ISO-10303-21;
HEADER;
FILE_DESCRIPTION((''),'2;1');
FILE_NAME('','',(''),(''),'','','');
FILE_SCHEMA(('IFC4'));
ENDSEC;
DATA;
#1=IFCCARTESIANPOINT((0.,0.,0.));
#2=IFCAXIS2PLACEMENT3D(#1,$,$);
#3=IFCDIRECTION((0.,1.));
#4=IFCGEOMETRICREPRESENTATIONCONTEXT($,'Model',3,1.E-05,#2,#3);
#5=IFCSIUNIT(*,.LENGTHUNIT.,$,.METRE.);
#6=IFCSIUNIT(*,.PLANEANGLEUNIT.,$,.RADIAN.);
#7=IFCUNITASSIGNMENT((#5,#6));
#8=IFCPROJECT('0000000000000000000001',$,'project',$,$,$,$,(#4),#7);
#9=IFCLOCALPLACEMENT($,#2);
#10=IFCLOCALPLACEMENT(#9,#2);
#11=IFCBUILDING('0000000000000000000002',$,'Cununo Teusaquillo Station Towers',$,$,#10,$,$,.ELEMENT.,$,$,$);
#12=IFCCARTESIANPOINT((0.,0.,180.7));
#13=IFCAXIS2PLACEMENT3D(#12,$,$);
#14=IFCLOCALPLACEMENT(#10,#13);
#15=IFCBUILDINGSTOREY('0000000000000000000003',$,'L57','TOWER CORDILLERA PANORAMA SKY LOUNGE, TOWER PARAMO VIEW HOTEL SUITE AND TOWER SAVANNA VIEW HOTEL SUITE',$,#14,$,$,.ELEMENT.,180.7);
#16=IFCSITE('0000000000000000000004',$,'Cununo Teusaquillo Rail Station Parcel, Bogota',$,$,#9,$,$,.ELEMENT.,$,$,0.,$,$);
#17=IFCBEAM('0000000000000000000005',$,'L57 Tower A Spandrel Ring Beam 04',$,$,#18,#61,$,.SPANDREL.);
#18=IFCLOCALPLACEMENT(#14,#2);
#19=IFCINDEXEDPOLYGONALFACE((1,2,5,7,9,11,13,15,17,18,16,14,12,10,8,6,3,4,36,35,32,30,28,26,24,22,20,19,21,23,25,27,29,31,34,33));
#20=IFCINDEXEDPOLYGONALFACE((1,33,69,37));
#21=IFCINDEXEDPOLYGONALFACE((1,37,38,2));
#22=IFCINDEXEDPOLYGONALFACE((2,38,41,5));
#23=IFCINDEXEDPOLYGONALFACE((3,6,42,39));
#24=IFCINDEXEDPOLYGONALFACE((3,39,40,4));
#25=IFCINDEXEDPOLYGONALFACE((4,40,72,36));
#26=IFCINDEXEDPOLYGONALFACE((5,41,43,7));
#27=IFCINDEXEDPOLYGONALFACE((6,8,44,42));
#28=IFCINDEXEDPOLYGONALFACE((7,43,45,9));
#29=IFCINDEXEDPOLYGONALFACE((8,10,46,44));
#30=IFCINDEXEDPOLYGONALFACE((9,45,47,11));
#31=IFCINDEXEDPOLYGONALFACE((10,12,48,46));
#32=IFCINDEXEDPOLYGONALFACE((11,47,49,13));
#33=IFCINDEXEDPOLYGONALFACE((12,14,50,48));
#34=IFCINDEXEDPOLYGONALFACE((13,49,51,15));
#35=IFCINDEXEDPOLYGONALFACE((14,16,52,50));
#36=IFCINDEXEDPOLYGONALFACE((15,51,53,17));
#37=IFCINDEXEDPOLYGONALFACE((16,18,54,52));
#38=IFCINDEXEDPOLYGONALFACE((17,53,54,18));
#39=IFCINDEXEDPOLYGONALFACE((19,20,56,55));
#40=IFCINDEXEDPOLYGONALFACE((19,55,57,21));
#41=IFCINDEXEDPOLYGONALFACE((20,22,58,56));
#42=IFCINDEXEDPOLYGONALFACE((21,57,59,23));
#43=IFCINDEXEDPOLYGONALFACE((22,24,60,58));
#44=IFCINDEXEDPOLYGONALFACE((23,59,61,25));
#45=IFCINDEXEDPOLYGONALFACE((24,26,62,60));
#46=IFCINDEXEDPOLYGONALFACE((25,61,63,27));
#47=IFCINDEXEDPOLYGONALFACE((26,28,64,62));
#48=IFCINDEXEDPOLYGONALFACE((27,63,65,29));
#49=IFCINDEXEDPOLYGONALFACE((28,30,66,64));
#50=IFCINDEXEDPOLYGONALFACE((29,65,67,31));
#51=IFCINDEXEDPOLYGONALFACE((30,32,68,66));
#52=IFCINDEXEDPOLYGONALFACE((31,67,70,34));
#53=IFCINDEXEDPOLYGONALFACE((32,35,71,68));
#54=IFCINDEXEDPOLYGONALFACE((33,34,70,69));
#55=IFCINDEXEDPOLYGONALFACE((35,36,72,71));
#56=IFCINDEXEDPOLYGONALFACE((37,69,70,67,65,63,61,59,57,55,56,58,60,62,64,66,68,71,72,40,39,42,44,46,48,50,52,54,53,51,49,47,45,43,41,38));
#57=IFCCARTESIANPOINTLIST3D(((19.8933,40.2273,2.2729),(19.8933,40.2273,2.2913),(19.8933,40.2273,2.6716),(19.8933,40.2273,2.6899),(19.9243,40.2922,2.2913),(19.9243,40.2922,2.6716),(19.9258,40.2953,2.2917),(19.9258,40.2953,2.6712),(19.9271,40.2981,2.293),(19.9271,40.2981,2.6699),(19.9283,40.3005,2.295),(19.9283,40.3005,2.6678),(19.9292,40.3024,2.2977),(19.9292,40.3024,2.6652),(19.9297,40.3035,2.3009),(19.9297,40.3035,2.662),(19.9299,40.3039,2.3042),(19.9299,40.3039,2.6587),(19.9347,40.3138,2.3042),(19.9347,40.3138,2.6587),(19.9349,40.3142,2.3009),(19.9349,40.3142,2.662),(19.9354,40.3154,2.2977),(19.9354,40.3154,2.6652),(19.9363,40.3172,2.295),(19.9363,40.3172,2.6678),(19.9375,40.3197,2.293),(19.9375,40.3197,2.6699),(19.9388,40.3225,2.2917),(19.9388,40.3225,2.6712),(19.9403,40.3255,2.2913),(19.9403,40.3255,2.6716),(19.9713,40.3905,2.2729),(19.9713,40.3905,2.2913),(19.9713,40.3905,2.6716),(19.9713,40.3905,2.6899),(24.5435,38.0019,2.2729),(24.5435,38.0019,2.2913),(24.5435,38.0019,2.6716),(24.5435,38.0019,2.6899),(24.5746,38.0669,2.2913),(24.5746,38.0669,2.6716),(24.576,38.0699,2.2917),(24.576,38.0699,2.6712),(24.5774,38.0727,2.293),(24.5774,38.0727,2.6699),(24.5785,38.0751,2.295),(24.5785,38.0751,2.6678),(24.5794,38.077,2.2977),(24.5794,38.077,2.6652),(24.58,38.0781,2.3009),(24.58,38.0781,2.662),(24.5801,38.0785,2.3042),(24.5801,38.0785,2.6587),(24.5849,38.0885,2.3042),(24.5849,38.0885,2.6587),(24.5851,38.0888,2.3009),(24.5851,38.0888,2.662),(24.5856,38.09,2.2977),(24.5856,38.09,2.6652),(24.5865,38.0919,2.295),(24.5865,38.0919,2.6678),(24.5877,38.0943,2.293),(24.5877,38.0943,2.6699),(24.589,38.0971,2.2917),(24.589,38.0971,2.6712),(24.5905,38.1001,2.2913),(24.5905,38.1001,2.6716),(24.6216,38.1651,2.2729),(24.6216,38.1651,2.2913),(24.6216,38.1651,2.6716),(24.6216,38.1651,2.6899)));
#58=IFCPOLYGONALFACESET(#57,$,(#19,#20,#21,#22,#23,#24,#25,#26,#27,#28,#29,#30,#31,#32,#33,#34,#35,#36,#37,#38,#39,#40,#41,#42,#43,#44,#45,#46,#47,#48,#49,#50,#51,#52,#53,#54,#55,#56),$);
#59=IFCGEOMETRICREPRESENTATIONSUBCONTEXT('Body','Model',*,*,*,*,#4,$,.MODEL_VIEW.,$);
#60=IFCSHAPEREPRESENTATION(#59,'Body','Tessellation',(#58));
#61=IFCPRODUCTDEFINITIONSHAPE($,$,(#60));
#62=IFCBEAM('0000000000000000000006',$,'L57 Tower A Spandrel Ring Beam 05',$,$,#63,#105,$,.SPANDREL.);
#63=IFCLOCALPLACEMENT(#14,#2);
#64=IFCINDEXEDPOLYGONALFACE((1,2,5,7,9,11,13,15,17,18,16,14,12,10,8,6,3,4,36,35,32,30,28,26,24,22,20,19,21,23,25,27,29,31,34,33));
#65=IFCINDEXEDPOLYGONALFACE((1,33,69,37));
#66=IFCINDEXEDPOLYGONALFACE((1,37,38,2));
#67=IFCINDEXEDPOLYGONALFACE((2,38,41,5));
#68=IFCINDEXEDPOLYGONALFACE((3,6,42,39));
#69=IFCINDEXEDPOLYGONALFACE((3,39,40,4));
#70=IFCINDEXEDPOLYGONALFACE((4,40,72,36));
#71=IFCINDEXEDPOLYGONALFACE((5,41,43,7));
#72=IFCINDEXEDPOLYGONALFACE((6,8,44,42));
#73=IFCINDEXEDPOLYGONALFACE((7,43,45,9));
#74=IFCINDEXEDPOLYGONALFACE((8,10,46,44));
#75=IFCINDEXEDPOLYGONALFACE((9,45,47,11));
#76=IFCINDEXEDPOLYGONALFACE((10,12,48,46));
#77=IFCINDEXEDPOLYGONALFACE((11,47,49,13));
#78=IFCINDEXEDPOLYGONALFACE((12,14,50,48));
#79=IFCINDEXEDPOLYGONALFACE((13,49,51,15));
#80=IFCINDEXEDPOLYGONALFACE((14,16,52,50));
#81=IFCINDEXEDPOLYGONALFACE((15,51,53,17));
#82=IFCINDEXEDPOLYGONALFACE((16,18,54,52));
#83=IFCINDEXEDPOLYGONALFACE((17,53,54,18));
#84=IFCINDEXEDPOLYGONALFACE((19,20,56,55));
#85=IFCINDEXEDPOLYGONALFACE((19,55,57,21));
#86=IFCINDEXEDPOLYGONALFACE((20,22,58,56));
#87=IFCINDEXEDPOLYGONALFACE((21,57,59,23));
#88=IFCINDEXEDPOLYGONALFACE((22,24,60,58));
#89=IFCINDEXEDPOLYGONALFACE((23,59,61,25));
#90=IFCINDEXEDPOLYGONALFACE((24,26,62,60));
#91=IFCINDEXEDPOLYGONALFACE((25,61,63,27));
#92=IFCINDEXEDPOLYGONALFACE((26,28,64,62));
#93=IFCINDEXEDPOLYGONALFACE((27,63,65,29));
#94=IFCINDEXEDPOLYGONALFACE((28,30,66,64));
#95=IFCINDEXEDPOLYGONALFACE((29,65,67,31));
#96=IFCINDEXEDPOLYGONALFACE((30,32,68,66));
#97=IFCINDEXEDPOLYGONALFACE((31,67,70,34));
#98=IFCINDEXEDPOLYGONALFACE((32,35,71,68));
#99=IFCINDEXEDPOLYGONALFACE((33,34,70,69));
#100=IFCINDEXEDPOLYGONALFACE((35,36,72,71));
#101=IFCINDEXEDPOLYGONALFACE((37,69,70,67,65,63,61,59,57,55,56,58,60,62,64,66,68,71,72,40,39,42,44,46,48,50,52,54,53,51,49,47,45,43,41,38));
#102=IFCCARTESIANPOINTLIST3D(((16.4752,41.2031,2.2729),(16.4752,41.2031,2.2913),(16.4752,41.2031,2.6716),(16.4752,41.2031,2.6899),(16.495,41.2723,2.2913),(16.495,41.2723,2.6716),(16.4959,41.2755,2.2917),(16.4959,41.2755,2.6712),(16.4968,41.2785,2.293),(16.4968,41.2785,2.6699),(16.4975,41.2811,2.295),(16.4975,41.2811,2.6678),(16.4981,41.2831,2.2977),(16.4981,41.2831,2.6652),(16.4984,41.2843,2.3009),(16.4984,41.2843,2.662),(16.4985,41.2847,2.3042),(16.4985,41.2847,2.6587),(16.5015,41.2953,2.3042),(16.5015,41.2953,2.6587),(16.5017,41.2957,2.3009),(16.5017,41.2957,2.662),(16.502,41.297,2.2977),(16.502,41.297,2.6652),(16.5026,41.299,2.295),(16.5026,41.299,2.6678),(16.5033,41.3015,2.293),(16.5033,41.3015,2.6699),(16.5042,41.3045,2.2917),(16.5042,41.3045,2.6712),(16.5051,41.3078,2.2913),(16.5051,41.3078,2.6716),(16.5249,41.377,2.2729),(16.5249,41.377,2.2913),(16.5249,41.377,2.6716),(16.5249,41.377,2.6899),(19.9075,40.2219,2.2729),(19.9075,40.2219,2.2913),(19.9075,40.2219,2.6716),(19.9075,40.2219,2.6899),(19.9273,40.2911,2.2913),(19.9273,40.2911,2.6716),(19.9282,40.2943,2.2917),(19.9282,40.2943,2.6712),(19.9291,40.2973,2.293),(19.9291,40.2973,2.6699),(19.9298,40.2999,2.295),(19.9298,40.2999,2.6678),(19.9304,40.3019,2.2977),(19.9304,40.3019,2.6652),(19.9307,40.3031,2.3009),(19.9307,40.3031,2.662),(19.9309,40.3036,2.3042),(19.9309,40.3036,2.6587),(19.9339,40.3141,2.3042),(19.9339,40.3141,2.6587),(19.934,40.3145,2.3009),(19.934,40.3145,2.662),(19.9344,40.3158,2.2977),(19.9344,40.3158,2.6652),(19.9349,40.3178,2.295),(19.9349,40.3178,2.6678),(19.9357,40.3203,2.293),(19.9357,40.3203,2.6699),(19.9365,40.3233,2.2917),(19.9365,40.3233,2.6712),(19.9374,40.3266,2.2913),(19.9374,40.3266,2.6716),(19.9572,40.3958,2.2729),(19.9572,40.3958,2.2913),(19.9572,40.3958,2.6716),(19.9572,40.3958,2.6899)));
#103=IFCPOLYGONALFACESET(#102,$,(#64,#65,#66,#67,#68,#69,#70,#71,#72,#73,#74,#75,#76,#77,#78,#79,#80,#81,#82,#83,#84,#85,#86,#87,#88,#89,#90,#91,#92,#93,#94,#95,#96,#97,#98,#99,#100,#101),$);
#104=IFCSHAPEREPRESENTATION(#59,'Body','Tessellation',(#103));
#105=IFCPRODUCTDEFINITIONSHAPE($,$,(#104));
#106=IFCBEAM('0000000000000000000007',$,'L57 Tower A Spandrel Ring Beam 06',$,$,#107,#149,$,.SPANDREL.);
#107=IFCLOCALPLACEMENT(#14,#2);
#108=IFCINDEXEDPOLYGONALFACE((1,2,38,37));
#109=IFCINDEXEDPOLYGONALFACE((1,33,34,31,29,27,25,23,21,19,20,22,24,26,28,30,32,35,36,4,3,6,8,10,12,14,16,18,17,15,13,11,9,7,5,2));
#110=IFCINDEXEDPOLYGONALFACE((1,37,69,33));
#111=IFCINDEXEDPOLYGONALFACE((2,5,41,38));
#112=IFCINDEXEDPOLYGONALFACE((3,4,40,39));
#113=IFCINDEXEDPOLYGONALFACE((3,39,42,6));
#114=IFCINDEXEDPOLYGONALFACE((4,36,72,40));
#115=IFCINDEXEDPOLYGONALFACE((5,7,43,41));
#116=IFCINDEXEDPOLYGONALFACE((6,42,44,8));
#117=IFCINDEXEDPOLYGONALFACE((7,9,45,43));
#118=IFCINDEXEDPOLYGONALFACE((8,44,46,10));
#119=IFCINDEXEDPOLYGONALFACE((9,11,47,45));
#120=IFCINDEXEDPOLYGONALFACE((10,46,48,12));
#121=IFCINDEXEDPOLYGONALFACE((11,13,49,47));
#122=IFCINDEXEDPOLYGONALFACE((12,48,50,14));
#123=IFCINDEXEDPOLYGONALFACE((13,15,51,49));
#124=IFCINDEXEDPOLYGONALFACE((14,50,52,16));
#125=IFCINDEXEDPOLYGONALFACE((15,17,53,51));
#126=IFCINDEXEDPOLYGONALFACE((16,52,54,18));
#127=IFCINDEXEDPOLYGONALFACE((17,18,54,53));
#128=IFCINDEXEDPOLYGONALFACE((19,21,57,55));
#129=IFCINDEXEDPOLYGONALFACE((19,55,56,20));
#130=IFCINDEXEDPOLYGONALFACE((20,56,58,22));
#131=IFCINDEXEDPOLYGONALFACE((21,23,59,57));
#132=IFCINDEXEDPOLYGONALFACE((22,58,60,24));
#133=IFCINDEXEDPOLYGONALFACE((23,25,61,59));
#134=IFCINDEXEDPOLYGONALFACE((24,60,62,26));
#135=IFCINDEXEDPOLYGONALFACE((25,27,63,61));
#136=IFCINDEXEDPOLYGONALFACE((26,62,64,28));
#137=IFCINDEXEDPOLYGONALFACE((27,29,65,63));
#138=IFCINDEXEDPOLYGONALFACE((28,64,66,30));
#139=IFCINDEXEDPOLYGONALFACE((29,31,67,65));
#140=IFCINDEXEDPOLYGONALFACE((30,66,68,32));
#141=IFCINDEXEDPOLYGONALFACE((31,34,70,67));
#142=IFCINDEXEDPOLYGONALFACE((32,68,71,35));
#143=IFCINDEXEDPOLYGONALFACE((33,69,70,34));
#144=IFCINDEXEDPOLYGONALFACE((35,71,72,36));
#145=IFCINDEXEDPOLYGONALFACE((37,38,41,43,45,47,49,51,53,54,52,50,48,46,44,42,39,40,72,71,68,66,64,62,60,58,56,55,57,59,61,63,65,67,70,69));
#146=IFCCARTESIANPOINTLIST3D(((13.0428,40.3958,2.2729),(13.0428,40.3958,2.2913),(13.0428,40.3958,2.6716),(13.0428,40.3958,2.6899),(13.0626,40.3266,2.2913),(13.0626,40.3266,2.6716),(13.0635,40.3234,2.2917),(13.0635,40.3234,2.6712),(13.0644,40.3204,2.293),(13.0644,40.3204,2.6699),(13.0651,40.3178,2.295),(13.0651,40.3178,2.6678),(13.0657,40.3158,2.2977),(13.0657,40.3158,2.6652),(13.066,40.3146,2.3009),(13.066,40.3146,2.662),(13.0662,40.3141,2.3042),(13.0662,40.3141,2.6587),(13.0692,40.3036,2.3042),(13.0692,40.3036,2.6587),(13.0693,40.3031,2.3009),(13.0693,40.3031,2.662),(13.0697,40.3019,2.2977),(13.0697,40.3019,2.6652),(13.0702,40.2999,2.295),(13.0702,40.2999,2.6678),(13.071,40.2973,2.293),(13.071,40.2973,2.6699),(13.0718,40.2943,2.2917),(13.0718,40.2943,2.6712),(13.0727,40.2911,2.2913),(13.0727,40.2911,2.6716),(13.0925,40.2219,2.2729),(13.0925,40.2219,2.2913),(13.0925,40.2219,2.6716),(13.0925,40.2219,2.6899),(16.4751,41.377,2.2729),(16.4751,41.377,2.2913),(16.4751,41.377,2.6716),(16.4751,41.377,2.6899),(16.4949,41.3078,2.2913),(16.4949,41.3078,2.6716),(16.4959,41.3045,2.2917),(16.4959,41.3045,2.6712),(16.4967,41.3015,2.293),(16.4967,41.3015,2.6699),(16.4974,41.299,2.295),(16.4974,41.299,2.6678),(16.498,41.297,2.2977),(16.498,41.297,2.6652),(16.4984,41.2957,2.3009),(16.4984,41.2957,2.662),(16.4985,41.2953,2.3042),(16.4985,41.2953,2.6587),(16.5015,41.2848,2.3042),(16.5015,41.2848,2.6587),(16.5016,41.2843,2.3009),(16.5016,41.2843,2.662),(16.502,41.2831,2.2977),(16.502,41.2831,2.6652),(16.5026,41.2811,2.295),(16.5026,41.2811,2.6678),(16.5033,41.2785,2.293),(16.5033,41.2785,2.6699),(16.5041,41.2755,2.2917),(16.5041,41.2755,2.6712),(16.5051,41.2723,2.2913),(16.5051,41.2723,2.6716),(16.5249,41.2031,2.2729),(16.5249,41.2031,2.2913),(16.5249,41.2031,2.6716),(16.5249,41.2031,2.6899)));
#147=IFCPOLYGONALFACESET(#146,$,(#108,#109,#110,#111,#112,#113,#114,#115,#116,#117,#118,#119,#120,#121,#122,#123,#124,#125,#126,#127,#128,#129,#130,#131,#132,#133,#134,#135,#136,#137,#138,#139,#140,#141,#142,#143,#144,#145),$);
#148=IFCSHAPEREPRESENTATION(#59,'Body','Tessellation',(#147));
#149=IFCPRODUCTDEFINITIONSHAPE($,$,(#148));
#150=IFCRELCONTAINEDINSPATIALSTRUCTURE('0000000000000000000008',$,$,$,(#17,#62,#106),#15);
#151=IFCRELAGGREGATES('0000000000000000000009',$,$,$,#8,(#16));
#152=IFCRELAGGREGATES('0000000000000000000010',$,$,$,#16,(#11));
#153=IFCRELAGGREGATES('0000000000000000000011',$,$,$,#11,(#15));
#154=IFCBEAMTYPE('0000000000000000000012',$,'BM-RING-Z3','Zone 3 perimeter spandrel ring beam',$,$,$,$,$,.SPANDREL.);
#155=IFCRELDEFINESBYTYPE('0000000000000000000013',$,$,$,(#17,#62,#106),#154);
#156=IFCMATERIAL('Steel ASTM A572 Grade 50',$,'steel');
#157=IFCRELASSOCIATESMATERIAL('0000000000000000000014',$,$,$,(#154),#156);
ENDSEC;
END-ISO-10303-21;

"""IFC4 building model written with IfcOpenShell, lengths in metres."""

from ifc_helpers import new_model, si_unit, direction, frame, origin, origin_2d, place, context, subcontext, project, spatial, i_section, extrude, material, material_profile, profile_set, type_object, element, save


model = new_model("IFC4")

# Units and contexts
model_context = context("Model", 3, precision=1e-05, world=origin(), true_north=direction((0.0, 1.0)))
body_context = subcontext(model_context, "Body", "Model", "MODEL_VIEW")
ifc_project = project(units=[si_unit("LENGTHUNIT", "METRE"), si_unit("PLANEANGLEUNIT", "RADIAN")], contexts=[model_context])

# Site, building, storey
site_placement = place(None, origin())
site = spatial("IfcSite", under=ifc_project, at=site_placement, Name="Cununo Teusaquillo Rail Station Parcel, Bogota", CompositionType="ELEMENT", RefElevation=0.0)
building_placement = place(site_placement, origin())
building = spatial("IfcBuilding", under=site, at=building_placement, Name="Cununo Teusaquillo Station Towers", CompositionType="ELEMENT")
storey_placement = place(building_placement, frame((0.0, 0.0, 180.7)))
storey = spatial("IfcBuildingStorey", under=building, at=storey_placement, Name="L57", Description="TOWER CORDILLERA PANORAMA SKY LOUNGE, TOWER PARAMO VIEW HOTEL SUITE AND TOWER SAVANNA VIEW HOTEL SUITE", CompositionType="ELEMENT", Elevation=180.7)

# Beams
ifc_material_1 = material(Name="Steel ASTM A572 Grade 50", Category="steel")
ifc_material_profile_1 = material_profile(ifc_material_1, i_section(OverallWidth=0.1809, OverallDepth=0.417, WebThickness=0.011, FlangeThickness=0.0183, FilletRadius=0.0129, at=origin_2d()), Name="W16X57")
ifc_profile_set_1 = profile_set([ifc_material_profile_1], Name="Steel ASTM A572 Grade 50")
beam_type_1 = type_object("IfcBeamType", Name="BM-RING-Z3", Description="Zone 3 perimeter spandrel ring beam", PredefinedType="SPANDREL", material=ifc_profile_set_1)
beam_1_placement = place(storey_placement, frame((24.5825, 38.0835, 2.4814), z_axis=(-0.902032, 0.43167, 0.0), x_axis=(-0.43167, -0.902032, 0.0)))
element("IfcBeam", 1, at=beam_1_placement, inside=storey, type_object=beam_type_1, Name="L57 Tower A Spandrel Ring Beam 04", PredefinedType="SPANDREL", context=body_context, shape_type="SweptSolid", body=[
    extrude(i_section(OverallWidth=0.1809, OverallDepth=0.417, WebThickness=0.011, FlangeThickness=0.0183, FilletRadius=0.0129, at=origin_2d()), origin(), (0.0, 0.0, 1.0), 5.1553),
])
for number, where, z_axis, x_axis, name in (
    (2, (19.9324, 40.3088, 2.4814), (-0.961485, 0.274857, 0.0), (-0.274857, -0.961485, 0.0), "L57 Tower A Spandrel Ring Beam 05"),
    (3, (16.5, 41.29, 2.4814), (-0.961485, -0.274857, 0.0), (0.274857, -0.961485, 0.0), "L57 Tower A Spandrel Ring Beam 06"),
):
    element("IfcBeam", number, at=place(storey_placement, frame(where, z_axis=z_axis, x_axis=x_axis)), inside=storey, type_object=beam_type_1, Name=name, PredefinedType="SPANDREL", context=body_context, shape_type="SweptSolid", body=[
        extrude(i_section(OverallWidth=0.1809, OverallDepth=0.417, WebThickness=0.011, FlangeThickness=0.0183, FilletRadius=0.0129, at=origin_2d()), origin(), (0.0, 0.0, 1.0), 3.5698),
    ])

save(model, "model.ifc")
